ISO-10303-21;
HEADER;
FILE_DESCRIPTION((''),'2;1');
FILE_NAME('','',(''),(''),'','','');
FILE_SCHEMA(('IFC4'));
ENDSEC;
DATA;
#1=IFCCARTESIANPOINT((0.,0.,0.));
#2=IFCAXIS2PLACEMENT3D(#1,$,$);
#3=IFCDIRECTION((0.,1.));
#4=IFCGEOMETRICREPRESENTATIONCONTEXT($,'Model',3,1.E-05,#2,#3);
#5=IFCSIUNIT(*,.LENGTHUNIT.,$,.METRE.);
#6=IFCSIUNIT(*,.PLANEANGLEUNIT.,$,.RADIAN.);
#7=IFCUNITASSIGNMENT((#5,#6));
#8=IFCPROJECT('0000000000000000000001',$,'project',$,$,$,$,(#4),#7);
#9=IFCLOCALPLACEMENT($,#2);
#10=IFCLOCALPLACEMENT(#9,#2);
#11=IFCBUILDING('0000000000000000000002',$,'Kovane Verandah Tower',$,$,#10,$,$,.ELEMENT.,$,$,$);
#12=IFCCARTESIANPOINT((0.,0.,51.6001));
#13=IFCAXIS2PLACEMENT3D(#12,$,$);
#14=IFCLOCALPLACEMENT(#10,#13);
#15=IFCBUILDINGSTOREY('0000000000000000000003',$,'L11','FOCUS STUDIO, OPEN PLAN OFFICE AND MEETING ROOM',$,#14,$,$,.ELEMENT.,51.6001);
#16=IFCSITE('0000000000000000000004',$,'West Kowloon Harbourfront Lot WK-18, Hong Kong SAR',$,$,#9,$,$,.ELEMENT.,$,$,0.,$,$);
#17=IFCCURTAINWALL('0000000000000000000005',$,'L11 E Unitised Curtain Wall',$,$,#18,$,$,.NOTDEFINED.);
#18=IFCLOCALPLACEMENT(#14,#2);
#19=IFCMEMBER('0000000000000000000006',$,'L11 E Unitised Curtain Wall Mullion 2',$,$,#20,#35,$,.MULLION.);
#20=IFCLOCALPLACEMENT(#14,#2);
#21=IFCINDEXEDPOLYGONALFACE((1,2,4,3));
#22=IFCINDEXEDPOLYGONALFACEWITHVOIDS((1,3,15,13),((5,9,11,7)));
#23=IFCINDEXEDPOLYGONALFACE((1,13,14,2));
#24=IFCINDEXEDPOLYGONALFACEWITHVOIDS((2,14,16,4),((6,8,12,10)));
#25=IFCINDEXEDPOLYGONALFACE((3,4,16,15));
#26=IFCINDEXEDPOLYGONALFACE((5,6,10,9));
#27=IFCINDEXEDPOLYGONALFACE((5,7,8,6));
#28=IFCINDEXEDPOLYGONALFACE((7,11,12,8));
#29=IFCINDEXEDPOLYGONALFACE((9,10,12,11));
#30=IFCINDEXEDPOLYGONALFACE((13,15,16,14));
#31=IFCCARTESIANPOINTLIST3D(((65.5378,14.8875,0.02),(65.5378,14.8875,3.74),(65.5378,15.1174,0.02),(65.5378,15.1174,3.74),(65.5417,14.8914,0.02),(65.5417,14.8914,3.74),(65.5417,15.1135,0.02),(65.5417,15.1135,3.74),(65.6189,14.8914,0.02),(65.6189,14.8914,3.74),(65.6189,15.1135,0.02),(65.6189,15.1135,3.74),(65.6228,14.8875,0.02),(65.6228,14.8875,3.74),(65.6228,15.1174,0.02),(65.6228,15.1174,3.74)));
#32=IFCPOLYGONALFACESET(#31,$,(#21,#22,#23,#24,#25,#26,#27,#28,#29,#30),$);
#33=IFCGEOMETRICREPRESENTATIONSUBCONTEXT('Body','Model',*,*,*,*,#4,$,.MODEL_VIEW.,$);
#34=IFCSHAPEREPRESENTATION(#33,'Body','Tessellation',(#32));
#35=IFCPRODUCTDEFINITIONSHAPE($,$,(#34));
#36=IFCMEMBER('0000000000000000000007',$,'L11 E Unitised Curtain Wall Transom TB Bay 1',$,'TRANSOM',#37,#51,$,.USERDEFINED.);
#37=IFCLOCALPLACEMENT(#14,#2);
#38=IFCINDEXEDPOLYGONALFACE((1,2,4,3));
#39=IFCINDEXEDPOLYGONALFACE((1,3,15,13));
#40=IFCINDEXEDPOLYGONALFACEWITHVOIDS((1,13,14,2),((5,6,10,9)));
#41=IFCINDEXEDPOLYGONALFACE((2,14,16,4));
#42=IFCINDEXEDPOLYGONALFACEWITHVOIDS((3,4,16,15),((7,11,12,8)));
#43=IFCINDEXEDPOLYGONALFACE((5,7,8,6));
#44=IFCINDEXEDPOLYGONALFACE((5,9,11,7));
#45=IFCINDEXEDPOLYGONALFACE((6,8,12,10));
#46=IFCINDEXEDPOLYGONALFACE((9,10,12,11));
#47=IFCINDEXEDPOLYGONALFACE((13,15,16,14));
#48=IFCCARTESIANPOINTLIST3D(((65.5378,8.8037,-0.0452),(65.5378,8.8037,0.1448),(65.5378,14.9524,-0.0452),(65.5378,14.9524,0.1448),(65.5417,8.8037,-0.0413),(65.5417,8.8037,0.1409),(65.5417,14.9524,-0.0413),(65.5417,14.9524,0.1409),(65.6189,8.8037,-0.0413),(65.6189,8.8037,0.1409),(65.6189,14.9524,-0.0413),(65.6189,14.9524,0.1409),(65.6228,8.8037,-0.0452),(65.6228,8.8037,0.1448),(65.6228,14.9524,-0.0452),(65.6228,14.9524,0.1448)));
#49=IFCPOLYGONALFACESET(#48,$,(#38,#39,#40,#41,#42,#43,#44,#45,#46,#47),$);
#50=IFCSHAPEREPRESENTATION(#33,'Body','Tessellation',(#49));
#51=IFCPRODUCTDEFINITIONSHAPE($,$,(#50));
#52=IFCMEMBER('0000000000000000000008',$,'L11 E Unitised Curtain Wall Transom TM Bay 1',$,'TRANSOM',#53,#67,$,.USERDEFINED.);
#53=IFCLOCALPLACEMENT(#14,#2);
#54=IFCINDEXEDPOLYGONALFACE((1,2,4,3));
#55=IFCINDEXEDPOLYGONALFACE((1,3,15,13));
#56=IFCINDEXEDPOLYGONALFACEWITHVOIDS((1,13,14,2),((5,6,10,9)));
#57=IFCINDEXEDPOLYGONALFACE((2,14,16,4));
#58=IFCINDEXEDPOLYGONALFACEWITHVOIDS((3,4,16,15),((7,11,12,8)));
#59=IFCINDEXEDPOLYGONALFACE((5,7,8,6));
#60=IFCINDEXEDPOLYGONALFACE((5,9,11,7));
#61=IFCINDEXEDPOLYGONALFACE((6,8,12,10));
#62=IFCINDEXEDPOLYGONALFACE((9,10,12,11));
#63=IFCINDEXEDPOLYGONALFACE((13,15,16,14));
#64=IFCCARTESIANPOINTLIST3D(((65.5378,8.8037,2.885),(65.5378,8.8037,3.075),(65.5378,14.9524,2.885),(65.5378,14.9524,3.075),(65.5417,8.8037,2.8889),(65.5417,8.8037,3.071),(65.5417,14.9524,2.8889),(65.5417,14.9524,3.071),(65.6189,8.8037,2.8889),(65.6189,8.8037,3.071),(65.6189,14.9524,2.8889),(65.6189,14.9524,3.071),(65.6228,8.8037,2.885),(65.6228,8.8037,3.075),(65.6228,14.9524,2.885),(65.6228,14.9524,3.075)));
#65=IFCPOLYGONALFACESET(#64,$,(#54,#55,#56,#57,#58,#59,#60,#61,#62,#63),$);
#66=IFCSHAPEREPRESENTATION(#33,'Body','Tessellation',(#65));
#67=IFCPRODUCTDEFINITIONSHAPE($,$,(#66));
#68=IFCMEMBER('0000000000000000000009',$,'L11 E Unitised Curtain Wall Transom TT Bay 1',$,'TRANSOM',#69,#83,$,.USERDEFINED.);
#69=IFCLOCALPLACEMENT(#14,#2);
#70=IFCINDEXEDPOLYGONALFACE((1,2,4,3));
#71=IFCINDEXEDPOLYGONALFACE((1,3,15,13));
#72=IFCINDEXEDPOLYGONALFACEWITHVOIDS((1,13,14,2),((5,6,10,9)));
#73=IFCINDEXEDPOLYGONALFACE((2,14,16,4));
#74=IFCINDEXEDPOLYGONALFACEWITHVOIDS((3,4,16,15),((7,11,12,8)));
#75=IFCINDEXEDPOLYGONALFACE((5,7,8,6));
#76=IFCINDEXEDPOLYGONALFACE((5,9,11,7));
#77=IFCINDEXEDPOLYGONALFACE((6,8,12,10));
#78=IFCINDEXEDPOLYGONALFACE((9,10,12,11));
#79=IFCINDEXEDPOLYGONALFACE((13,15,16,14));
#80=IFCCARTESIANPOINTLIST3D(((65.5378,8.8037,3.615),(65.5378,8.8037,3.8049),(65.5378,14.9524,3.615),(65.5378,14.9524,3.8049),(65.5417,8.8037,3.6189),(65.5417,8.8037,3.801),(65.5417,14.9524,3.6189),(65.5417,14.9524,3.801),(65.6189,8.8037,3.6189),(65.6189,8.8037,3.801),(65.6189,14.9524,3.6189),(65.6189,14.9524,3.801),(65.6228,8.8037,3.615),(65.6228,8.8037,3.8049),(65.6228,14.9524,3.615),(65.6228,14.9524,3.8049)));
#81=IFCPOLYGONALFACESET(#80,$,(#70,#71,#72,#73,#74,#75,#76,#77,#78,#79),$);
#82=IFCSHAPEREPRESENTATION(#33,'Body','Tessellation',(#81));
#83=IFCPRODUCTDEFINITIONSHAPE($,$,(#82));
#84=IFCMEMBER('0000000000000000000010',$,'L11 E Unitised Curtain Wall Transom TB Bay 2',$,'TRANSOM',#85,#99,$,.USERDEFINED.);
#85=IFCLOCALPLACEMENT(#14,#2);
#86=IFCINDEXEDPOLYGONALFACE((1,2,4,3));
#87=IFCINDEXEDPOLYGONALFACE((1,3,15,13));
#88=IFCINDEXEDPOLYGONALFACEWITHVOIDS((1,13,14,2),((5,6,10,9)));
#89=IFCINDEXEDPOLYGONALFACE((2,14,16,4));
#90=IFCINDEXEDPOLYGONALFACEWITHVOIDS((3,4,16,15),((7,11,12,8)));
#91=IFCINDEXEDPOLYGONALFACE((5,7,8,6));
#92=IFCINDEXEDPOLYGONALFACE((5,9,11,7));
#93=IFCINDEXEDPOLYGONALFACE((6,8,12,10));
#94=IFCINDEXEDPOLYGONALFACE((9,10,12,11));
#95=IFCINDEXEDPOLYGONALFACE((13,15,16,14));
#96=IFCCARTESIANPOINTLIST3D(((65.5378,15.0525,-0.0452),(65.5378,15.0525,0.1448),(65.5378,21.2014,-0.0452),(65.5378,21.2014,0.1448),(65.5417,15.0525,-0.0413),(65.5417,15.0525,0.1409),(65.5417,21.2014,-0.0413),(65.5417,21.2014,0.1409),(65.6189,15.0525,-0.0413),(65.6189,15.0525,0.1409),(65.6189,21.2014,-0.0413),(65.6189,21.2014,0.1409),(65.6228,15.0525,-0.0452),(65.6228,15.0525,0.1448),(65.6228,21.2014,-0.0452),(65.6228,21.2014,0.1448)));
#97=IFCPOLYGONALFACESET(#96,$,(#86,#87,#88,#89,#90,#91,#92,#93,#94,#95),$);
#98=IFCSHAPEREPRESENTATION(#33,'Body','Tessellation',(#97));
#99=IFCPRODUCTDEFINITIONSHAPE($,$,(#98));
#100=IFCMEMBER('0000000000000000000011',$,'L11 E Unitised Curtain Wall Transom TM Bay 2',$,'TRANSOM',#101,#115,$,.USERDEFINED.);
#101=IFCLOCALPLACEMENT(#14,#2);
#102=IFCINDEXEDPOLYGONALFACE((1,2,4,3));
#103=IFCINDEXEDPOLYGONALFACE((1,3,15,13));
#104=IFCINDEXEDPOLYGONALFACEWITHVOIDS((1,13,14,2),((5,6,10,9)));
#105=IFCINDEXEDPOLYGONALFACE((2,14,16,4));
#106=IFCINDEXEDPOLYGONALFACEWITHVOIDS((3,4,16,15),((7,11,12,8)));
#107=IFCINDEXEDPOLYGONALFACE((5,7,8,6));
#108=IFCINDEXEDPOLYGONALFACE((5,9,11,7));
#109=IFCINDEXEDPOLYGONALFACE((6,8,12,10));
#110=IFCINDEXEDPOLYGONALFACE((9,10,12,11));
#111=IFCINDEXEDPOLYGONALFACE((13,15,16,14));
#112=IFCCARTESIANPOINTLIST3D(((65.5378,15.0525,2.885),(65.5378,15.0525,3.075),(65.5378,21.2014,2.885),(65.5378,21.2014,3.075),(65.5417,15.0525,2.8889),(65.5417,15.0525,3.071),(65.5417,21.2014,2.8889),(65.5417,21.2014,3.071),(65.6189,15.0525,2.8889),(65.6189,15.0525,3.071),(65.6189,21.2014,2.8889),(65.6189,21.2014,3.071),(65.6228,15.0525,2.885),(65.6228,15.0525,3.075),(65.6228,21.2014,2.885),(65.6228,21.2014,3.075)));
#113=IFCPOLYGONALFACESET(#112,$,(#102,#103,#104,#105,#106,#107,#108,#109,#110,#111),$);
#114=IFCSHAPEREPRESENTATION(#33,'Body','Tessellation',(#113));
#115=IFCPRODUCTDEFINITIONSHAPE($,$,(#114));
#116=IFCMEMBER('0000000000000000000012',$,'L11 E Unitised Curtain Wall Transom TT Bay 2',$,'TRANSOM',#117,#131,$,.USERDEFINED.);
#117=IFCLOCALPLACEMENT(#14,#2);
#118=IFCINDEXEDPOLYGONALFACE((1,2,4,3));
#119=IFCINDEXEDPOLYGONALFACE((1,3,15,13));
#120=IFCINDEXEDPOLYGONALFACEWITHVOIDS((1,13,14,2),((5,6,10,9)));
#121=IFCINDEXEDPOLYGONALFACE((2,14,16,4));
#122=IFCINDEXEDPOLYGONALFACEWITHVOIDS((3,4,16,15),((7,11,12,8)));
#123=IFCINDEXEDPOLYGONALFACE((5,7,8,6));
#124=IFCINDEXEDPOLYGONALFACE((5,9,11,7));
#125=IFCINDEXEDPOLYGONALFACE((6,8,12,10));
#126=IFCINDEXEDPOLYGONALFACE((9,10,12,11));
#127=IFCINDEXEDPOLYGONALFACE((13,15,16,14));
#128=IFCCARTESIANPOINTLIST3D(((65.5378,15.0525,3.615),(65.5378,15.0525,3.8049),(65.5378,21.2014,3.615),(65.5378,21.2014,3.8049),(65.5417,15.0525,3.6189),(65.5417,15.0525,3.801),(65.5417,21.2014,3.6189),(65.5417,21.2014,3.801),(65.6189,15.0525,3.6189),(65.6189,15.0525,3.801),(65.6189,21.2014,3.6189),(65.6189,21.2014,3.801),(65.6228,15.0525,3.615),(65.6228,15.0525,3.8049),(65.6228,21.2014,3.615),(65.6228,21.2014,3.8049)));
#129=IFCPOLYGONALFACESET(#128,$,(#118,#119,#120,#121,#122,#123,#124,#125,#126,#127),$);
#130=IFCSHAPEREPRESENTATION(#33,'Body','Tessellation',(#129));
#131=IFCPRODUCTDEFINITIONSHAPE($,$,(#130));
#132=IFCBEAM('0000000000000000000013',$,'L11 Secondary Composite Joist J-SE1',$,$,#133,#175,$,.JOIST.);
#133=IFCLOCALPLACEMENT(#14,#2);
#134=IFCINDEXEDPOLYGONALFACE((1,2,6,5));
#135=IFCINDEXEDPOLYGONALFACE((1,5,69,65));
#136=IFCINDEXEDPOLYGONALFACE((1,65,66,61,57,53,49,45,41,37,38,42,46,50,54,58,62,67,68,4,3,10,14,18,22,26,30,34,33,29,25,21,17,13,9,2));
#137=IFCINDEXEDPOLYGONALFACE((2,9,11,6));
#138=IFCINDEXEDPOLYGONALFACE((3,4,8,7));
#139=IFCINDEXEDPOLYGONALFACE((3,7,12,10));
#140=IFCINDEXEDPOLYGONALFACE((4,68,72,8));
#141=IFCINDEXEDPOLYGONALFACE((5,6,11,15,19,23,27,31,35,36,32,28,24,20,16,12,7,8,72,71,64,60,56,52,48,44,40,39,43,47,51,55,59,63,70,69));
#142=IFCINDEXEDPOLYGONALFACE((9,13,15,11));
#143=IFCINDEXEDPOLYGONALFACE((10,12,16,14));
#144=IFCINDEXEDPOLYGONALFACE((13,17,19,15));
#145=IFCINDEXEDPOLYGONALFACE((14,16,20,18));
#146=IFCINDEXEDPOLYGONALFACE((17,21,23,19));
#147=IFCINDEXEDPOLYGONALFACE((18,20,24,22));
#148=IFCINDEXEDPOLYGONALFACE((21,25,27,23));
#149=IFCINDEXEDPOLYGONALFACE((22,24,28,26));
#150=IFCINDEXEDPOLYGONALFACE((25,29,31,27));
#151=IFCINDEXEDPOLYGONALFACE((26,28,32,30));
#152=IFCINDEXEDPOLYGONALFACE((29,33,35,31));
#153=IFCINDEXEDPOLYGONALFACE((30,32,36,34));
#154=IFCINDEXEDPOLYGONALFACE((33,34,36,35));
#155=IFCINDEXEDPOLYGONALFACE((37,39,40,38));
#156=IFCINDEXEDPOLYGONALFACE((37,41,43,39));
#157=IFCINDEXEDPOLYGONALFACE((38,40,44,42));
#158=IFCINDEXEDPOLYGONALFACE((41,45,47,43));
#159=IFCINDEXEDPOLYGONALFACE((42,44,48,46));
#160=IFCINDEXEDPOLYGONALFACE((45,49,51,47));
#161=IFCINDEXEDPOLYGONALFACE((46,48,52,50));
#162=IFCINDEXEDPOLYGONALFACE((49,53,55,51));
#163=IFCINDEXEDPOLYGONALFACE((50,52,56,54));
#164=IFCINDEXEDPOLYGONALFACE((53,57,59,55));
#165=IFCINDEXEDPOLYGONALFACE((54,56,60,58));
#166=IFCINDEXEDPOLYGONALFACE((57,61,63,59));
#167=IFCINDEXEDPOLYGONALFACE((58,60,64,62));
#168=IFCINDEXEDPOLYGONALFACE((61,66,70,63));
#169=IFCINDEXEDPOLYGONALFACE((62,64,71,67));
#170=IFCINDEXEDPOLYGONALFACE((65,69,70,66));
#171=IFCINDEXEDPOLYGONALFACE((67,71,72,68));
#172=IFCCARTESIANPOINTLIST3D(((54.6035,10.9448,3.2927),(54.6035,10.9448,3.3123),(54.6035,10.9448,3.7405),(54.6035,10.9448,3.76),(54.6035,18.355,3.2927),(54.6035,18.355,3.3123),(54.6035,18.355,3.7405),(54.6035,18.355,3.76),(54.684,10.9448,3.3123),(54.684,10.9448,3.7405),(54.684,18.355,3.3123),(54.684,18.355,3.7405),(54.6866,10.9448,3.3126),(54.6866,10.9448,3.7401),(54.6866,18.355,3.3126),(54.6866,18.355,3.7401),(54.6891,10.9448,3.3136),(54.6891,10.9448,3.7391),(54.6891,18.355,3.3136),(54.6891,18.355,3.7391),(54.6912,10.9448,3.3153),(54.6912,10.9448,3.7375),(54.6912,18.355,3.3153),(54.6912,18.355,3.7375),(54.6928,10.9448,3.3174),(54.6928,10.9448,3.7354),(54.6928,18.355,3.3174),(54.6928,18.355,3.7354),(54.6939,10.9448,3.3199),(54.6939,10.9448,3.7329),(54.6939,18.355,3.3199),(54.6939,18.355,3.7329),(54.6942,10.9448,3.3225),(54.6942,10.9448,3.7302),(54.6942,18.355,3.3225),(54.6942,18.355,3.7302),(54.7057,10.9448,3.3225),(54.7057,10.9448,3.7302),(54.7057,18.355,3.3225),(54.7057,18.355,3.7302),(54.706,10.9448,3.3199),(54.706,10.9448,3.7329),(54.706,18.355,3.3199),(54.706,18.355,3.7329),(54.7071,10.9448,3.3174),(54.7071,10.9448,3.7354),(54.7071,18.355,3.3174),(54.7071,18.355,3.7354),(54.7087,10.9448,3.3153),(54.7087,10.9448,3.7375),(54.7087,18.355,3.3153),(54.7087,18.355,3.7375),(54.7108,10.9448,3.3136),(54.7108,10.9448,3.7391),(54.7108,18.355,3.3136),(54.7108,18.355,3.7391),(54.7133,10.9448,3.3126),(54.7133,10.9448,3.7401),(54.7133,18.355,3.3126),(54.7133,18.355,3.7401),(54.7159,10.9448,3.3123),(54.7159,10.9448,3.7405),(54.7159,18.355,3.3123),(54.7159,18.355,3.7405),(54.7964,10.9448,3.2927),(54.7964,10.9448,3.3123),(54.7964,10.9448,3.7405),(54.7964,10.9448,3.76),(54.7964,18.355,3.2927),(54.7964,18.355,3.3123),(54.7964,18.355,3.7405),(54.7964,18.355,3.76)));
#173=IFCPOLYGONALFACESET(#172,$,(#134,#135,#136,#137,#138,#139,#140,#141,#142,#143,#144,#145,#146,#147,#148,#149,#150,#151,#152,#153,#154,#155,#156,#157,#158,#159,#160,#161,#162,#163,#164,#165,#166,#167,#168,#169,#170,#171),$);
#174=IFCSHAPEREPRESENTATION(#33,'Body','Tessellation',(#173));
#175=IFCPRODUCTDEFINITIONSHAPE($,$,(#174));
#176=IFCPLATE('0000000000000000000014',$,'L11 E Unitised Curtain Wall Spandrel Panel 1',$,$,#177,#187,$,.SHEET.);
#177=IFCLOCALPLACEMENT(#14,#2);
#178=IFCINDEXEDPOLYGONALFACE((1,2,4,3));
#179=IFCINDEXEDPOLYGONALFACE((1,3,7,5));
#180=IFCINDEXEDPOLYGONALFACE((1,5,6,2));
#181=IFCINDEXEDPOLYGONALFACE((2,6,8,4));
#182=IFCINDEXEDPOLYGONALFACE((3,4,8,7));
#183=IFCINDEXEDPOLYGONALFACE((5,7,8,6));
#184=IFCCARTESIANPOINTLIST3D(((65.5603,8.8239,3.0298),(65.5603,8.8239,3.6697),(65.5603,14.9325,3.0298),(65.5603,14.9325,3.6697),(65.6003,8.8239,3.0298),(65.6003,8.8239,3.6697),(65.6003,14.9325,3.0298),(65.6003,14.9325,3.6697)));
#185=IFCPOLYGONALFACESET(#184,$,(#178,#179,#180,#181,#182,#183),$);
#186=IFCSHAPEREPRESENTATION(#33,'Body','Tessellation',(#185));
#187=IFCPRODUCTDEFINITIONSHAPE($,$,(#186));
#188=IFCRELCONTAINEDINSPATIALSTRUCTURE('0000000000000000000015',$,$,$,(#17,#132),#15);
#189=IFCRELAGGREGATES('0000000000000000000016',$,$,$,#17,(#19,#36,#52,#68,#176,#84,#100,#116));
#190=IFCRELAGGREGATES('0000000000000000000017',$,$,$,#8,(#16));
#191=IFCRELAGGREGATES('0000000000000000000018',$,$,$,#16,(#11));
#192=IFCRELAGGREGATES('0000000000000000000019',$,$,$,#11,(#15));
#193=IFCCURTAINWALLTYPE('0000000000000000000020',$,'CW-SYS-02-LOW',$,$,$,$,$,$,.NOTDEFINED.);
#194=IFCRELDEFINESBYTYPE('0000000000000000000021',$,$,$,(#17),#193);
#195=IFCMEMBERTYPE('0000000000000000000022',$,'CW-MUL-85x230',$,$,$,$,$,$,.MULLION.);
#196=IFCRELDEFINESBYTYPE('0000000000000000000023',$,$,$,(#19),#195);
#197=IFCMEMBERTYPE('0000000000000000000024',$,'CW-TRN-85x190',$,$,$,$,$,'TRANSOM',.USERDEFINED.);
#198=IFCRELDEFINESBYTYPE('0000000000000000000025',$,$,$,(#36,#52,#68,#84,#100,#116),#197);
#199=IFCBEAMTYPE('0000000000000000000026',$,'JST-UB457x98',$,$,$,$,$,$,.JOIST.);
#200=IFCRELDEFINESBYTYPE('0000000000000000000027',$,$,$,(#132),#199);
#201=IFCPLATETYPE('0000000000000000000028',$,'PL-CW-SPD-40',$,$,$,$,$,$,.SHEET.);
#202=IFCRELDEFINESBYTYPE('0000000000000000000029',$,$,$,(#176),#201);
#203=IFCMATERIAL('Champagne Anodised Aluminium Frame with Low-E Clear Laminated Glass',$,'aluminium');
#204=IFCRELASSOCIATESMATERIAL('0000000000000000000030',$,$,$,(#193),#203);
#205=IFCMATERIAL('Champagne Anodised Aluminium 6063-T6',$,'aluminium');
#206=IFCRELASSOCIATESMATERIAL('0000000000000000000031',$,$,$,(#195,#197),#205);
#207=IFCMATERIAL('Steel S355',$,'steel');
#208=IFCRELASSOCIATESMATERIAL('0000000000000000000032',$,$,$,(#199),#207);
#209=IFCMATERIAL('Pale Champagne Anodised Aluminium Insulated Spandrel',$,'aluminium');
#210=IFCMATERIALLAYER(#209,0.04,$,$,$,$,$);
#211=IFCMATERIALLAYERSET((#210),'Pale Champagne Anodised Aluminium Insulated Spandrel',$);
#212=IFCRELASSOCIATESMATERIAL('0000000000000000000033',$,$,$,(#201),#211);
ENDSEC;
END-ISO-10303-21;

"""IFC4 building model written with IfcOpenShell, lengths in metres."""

from ifc_helpers import new_model, si_unit, direction, frame, origin, origin_2d, place, context, subcontext, project, spatial, rectangle, hollow_rectangle, i_section, extrude, material, layer, layer_set, material_profile, profile_set, type_object, element, aggregate, save


model = new_model("IFC4")

# Units and contexts
model_context = context("Model", 3, precision=1e-05, world=origin(), true_north=direction((0.0, 1.0)))
body_context = subcontext(model_context, "Body", "Model", "MODEL_VIEW")
ifc_project = project(units=[si_unit("LENGTHUNIT", "METRE"), si_unit("PLANEANGLEUNIT", "RADIAN")], contexts=[model_context])

# Site, building, storey
site_placement = place(None, origin())
site = spatial("IfcSite", under=ifc_project, at=site_placement, Name="West Kowloon Harbourfront Lot WK-18, Hong Kong SAR", CompositionType="ELEMENT", RefElevation=0.0)
building_placement = place(site_placement, origin())
building = spatial("IfcBuilding", under=site, at=building_placement, Name="Kovane Verandah Tower", CompositionType="ELEMENT")
storey_placement = place(building_placement, frame((0.0, 0.0, 51.6001)))
storey = spatial("IfcBuildingStorey", under=building, at=storey_placement, Name="L11", Description="FOCUS STUDIO, OPEN PLAN OFFICE AND MEETING ROOM", CompositionType="ELEMENT", Elevation=51.6001)

# Shared definitions
ifc_material_1 = material(Name="Steel S355", Category="steel")

# Curtain wall, members
ifc_material_2 = material(Name="Champagne Anodised Aluminium Frame with Low-E Clear Laminated Glass", Category="aluminium")
curtain_wall_type = type_object("IfcCurtainWallType", Name="CW-SYS-02-LOW", PredefinedType="NOTDEFINED", material=ifc_material_2)
curtain_wall_placement = place(storey_placement, origin())
curtain_wall = element("IfcCurtainWall", 1, at=curtain_wall_placement, inside=storey, type_object=curtain_wall_type, Name="L11 E Unitised Curtain Wall", PredefinedType="NOTDEFINED")
ifc_material_3 = material(Name="Champagne Anodised Aluminium 6063-T6", Category="aluminium")
ifc_material_profile_1 = material_profile(ifc_material_3, hollow_rectangle(XDim=0.085, YDim=0.23, WallThickness=0.0039, at=origin_2d()), Name="AL85x230x4")
ifc_profile_set_1 = profile_set([ifc_material_profile_1], Name="Champagne Anodised Aluminium 6063-T6")
member_type_1 = type_object("IfcMemberType", Name="CW-MUL-85x230", PredefinedType="MULLION", material=ifc_profile_set_1)
member_1_placement = place(storey_placement, frame((65.5803, 15.0024, 0.02), z_axis=(0.0, 0.0, 1.0), x_axis=(1.0, 0.0, 0.0)))
member_1 = element("IfcMember", 2, at=member_1_placement, type_object=member_type_1, Name="L11 E Unitised Curtain Wall Mullion 2", PredefinedType="MULLION", context=body_context, shape_type="SweptSolid", body=[
    extrude(hollow_rectangle(XDim=0.085, YDim=0.23, WallThickness=0.0039, at=origin_2d()), origin(), (0.0, 0.0, 1.0), 3.72),
])
ifc_material_profile_2 = material_profile(ifc_material_3, hollow_rectangle(XDim=0.085, YDim=0.1899, WallThickness=0.0039, at=origin_2d()), Name="AL85x190x4")
ifc_profile_set_2 = profile_set([ifc_material_profile_2], Name="Champagne Anodised Aluminium 6063-T6")
member_type_2 = type_object("IfcMemberType", Name="CW-TRN-85x190", ElementType="TRANSOM", PredefinedType="USERDEFINED", material=ifc_profile_set_2)
member_2_placement = place(storey_placement, frame((65.5803, 8.8037, 0.0498), z_axis=(0.0, 1.0, 0.0), x_axis=(-1.0, 0.0, 0.0)))
member_2 = element("IfcMember", 3, at=member_2_placement, type_object=member_type_2, Name="L11 E Unitised Curtain Wall Transom TB Bay 1", ObjectType="TRANSOM", PredefinedType="USERDEFINED", context=body_context, shape_type="SweptSolid", body=[
    extrude(hollow_rectangle(XDim=0.085, YDim=0.1899, WallThickness=0.0039, at=origin_2d()), origin(), (0.0, 0.0, 1.0), 6.1487),
])
member_3_placement = place(storey_placement, frame((65.5803, 8.8037, 2.98), z_axis=(0.0, 1.0, 0.0), x_axis=(-1.0, 0.0, 0.0)))
member_3 = element("IfcMember", 4, at=member_3_placement, type_object=member_type_2, Name="L11 E Unitised Curtain Wall Transom TM Bay 1", ObjectType="TRANSOM", PredefinedType="USERDEFINED", context=body_context, shape_type="SweptSolid", body=[
    extrude(hollow_rectangle(XDim=0.085, YDim=0.1899, WallThickness=0.0039, at=origin_2d()), origin(), (0.0, 0.0, 1.0), 6.1487),
])
member_4_placement = place(storey_placement, frame((65.5803, 8.8037, 3.71), z_axis=(0.0, 1.0, 0.0), x_axis=(-1.0, 0.0, 0.0)))
member_4 = element("IfcMember", 5, at=member_4_placement, type_object=member_type_2, Name="L11 E Unitised Curtain Wall Transom TT Bay 1", ObjectType="TRANSOM", PredefinedType="USERDEFINED", context=body_context, shape_type="SweptSolid", body=[
    extrude(hollow_rectangle(XDim=0.085, YDim=0.1899, WallThickness=0.0039, at=origin_2d()), origin(), (0.0, 0.0, 1.0), 6.1487),
])
member_5_placement = place(storey_placement, frame((65.5803, 15.0525, 0.0498), z_axis=(0.0, 1.0, 0.0), x_axis=(-1.0, 0.0, 0.0)))
member_5 = element("IfcMember", 6, at=member_5_placement, type_object=member_type_2, Name="L11 E Unitised Curtain Wall Transom TB Bay 2", ObjectType="TRANSOM", PredefinedType="USERDEFINED", context=body_context, shape_type="SweptSolid", body=[
    extrude(hollow_rectangle(XDim=0.085, YDim=0.1899, WallThickness=0.0039, at=origin_2d()), origin(), (0.0, 0.0, 1.0), 6.1489),
])
member_6_placement = place(storey_placement, frame((65.5803, 15.0525, 2.98), z_axis=(0.0, 1.0, 0.0), x_axis=(-1.0, 0.0, 0.0)))
member_6 = element("IfcMember", 7, at=member_6_placement, type_object=member_type_2, Name="L11 E Unitised Curtain Wall Transom TM Bay 2", ObjectType="TRANSOM", PredefinedType="USERDEFINED", context=body_context, shape_type="SweptSolid", body=[
    extrude(hollow_rectangle(XDim=0.085, YDim=0.1899, WallThickness=0.0039, at=origin_2d()), origin(), (0.0, 0.0, 1.0), 6.1489),
])
member_7_placement = place(storey_placement, frame((65.5803, 15.0525, 3.71), z_axis=(0.0, 1.0, 0.0), x_axis=(-1.0, 0.0, 0.0)))
member_7 = element("IfcMember", 8, at=member_7_placement, type_object=member_type_2, Name="L11 E Unitised Curtain Wall Transom TT Bay 2", ObjectType="TRANSOM", PredefinedType="USERDEFINED", context=body_context, shape_type="SweptSolid", body=[
    extrude(hollow_rectangle(XDim=0.085, YDim=0.1899, WallThickness=0.0039, at=origin_2d()), origin(), (0.0, 0.0, 1.0), 6.1489),
])

# Beam
ifc_material_profile_3 = material_profile(ifc_material_1, i_section(OverallWidth=0.1929, OverallDepth=0.4673, WebThickness=0.0115, FlangeThickness=0.0195, FilletRadius=0.0103, at=origin_2d()), Name="UB457x191x98")
ifc_profile_set_3 = profile_set([ifc_material_profile_3], Name="Steel S355")
beam_type_1 = type_object("IfcBeamType", Name="JST-UB457x98", PredefinedType="JOIST", material=ifc_profile_set_3)
beam_1_placement = place(storey_placement, frame((54.7, 10.9448, 3.5264), z_axis=(0.0, 1.0, 0.0), x_axis=(-1.0, 0.0, 0.0)))
element("IfcBeam", 9, at=beam_1_placement, inside=storey, type_object=beam_type_1, Name="L11 Secondary Composite Joist J-SE1", PredefinedType="JOIST", context=body_context, shape_type="SweptSolid", body=[
    extrude(i_section(OverallWidth=0.1929, OverallDepth=0.4673, WebThickness=0.0115, FlangeThickness=0.0195, FilletRadius=0.0103, at=origin_2d()), origin(), (0.0, 0.0, 1.0), 7.4102),
])

# Plate
ifc_material_4 = material(Name="Pale Champagne Anodised Aluminium Insulated Spandrel", Category="aluminium")
ifc_layer_1 = layer(ifc_material_4, 0.04)
ifc_layer_set_1 = layer_set([ifc_layer_1], Name="Pale Champagne Anodised Aluminium Insulated Spandrel")
plate_type_1 = type_object("IfcPlateType", Name="PL-CW-SPD-40", PredefinedType="SHEET", material=ifc_layer_set_1)
plate_1_placement = place(storey_placement, frame((65.5803, 11.8782, 3.0298), z_axis=(0.0, 0.0, 1.0), x_axis=(0.0, 1.0, 0.0)))
plate_1 = element("IfcPlate", 10, at=plate_1_placement, type_object=plate_type_1, Name="L11 E Unitised Curtain Wall Spandrel Panel 1", PredefinedType="SHEET", context=body_context, shape_type="SweptSolid", body=[
    extrude(rectangle(XDim=6.1086, YDim=0.04, at=origin_2d()), origin(), (0.0, 0.0, 1.0), 0.6399),
])
aggregate(curtain_wall, [member_1, member_2, member_3, member_4, plate_1, member_5, member_6, member_7])

save(model, "model.ifc")
